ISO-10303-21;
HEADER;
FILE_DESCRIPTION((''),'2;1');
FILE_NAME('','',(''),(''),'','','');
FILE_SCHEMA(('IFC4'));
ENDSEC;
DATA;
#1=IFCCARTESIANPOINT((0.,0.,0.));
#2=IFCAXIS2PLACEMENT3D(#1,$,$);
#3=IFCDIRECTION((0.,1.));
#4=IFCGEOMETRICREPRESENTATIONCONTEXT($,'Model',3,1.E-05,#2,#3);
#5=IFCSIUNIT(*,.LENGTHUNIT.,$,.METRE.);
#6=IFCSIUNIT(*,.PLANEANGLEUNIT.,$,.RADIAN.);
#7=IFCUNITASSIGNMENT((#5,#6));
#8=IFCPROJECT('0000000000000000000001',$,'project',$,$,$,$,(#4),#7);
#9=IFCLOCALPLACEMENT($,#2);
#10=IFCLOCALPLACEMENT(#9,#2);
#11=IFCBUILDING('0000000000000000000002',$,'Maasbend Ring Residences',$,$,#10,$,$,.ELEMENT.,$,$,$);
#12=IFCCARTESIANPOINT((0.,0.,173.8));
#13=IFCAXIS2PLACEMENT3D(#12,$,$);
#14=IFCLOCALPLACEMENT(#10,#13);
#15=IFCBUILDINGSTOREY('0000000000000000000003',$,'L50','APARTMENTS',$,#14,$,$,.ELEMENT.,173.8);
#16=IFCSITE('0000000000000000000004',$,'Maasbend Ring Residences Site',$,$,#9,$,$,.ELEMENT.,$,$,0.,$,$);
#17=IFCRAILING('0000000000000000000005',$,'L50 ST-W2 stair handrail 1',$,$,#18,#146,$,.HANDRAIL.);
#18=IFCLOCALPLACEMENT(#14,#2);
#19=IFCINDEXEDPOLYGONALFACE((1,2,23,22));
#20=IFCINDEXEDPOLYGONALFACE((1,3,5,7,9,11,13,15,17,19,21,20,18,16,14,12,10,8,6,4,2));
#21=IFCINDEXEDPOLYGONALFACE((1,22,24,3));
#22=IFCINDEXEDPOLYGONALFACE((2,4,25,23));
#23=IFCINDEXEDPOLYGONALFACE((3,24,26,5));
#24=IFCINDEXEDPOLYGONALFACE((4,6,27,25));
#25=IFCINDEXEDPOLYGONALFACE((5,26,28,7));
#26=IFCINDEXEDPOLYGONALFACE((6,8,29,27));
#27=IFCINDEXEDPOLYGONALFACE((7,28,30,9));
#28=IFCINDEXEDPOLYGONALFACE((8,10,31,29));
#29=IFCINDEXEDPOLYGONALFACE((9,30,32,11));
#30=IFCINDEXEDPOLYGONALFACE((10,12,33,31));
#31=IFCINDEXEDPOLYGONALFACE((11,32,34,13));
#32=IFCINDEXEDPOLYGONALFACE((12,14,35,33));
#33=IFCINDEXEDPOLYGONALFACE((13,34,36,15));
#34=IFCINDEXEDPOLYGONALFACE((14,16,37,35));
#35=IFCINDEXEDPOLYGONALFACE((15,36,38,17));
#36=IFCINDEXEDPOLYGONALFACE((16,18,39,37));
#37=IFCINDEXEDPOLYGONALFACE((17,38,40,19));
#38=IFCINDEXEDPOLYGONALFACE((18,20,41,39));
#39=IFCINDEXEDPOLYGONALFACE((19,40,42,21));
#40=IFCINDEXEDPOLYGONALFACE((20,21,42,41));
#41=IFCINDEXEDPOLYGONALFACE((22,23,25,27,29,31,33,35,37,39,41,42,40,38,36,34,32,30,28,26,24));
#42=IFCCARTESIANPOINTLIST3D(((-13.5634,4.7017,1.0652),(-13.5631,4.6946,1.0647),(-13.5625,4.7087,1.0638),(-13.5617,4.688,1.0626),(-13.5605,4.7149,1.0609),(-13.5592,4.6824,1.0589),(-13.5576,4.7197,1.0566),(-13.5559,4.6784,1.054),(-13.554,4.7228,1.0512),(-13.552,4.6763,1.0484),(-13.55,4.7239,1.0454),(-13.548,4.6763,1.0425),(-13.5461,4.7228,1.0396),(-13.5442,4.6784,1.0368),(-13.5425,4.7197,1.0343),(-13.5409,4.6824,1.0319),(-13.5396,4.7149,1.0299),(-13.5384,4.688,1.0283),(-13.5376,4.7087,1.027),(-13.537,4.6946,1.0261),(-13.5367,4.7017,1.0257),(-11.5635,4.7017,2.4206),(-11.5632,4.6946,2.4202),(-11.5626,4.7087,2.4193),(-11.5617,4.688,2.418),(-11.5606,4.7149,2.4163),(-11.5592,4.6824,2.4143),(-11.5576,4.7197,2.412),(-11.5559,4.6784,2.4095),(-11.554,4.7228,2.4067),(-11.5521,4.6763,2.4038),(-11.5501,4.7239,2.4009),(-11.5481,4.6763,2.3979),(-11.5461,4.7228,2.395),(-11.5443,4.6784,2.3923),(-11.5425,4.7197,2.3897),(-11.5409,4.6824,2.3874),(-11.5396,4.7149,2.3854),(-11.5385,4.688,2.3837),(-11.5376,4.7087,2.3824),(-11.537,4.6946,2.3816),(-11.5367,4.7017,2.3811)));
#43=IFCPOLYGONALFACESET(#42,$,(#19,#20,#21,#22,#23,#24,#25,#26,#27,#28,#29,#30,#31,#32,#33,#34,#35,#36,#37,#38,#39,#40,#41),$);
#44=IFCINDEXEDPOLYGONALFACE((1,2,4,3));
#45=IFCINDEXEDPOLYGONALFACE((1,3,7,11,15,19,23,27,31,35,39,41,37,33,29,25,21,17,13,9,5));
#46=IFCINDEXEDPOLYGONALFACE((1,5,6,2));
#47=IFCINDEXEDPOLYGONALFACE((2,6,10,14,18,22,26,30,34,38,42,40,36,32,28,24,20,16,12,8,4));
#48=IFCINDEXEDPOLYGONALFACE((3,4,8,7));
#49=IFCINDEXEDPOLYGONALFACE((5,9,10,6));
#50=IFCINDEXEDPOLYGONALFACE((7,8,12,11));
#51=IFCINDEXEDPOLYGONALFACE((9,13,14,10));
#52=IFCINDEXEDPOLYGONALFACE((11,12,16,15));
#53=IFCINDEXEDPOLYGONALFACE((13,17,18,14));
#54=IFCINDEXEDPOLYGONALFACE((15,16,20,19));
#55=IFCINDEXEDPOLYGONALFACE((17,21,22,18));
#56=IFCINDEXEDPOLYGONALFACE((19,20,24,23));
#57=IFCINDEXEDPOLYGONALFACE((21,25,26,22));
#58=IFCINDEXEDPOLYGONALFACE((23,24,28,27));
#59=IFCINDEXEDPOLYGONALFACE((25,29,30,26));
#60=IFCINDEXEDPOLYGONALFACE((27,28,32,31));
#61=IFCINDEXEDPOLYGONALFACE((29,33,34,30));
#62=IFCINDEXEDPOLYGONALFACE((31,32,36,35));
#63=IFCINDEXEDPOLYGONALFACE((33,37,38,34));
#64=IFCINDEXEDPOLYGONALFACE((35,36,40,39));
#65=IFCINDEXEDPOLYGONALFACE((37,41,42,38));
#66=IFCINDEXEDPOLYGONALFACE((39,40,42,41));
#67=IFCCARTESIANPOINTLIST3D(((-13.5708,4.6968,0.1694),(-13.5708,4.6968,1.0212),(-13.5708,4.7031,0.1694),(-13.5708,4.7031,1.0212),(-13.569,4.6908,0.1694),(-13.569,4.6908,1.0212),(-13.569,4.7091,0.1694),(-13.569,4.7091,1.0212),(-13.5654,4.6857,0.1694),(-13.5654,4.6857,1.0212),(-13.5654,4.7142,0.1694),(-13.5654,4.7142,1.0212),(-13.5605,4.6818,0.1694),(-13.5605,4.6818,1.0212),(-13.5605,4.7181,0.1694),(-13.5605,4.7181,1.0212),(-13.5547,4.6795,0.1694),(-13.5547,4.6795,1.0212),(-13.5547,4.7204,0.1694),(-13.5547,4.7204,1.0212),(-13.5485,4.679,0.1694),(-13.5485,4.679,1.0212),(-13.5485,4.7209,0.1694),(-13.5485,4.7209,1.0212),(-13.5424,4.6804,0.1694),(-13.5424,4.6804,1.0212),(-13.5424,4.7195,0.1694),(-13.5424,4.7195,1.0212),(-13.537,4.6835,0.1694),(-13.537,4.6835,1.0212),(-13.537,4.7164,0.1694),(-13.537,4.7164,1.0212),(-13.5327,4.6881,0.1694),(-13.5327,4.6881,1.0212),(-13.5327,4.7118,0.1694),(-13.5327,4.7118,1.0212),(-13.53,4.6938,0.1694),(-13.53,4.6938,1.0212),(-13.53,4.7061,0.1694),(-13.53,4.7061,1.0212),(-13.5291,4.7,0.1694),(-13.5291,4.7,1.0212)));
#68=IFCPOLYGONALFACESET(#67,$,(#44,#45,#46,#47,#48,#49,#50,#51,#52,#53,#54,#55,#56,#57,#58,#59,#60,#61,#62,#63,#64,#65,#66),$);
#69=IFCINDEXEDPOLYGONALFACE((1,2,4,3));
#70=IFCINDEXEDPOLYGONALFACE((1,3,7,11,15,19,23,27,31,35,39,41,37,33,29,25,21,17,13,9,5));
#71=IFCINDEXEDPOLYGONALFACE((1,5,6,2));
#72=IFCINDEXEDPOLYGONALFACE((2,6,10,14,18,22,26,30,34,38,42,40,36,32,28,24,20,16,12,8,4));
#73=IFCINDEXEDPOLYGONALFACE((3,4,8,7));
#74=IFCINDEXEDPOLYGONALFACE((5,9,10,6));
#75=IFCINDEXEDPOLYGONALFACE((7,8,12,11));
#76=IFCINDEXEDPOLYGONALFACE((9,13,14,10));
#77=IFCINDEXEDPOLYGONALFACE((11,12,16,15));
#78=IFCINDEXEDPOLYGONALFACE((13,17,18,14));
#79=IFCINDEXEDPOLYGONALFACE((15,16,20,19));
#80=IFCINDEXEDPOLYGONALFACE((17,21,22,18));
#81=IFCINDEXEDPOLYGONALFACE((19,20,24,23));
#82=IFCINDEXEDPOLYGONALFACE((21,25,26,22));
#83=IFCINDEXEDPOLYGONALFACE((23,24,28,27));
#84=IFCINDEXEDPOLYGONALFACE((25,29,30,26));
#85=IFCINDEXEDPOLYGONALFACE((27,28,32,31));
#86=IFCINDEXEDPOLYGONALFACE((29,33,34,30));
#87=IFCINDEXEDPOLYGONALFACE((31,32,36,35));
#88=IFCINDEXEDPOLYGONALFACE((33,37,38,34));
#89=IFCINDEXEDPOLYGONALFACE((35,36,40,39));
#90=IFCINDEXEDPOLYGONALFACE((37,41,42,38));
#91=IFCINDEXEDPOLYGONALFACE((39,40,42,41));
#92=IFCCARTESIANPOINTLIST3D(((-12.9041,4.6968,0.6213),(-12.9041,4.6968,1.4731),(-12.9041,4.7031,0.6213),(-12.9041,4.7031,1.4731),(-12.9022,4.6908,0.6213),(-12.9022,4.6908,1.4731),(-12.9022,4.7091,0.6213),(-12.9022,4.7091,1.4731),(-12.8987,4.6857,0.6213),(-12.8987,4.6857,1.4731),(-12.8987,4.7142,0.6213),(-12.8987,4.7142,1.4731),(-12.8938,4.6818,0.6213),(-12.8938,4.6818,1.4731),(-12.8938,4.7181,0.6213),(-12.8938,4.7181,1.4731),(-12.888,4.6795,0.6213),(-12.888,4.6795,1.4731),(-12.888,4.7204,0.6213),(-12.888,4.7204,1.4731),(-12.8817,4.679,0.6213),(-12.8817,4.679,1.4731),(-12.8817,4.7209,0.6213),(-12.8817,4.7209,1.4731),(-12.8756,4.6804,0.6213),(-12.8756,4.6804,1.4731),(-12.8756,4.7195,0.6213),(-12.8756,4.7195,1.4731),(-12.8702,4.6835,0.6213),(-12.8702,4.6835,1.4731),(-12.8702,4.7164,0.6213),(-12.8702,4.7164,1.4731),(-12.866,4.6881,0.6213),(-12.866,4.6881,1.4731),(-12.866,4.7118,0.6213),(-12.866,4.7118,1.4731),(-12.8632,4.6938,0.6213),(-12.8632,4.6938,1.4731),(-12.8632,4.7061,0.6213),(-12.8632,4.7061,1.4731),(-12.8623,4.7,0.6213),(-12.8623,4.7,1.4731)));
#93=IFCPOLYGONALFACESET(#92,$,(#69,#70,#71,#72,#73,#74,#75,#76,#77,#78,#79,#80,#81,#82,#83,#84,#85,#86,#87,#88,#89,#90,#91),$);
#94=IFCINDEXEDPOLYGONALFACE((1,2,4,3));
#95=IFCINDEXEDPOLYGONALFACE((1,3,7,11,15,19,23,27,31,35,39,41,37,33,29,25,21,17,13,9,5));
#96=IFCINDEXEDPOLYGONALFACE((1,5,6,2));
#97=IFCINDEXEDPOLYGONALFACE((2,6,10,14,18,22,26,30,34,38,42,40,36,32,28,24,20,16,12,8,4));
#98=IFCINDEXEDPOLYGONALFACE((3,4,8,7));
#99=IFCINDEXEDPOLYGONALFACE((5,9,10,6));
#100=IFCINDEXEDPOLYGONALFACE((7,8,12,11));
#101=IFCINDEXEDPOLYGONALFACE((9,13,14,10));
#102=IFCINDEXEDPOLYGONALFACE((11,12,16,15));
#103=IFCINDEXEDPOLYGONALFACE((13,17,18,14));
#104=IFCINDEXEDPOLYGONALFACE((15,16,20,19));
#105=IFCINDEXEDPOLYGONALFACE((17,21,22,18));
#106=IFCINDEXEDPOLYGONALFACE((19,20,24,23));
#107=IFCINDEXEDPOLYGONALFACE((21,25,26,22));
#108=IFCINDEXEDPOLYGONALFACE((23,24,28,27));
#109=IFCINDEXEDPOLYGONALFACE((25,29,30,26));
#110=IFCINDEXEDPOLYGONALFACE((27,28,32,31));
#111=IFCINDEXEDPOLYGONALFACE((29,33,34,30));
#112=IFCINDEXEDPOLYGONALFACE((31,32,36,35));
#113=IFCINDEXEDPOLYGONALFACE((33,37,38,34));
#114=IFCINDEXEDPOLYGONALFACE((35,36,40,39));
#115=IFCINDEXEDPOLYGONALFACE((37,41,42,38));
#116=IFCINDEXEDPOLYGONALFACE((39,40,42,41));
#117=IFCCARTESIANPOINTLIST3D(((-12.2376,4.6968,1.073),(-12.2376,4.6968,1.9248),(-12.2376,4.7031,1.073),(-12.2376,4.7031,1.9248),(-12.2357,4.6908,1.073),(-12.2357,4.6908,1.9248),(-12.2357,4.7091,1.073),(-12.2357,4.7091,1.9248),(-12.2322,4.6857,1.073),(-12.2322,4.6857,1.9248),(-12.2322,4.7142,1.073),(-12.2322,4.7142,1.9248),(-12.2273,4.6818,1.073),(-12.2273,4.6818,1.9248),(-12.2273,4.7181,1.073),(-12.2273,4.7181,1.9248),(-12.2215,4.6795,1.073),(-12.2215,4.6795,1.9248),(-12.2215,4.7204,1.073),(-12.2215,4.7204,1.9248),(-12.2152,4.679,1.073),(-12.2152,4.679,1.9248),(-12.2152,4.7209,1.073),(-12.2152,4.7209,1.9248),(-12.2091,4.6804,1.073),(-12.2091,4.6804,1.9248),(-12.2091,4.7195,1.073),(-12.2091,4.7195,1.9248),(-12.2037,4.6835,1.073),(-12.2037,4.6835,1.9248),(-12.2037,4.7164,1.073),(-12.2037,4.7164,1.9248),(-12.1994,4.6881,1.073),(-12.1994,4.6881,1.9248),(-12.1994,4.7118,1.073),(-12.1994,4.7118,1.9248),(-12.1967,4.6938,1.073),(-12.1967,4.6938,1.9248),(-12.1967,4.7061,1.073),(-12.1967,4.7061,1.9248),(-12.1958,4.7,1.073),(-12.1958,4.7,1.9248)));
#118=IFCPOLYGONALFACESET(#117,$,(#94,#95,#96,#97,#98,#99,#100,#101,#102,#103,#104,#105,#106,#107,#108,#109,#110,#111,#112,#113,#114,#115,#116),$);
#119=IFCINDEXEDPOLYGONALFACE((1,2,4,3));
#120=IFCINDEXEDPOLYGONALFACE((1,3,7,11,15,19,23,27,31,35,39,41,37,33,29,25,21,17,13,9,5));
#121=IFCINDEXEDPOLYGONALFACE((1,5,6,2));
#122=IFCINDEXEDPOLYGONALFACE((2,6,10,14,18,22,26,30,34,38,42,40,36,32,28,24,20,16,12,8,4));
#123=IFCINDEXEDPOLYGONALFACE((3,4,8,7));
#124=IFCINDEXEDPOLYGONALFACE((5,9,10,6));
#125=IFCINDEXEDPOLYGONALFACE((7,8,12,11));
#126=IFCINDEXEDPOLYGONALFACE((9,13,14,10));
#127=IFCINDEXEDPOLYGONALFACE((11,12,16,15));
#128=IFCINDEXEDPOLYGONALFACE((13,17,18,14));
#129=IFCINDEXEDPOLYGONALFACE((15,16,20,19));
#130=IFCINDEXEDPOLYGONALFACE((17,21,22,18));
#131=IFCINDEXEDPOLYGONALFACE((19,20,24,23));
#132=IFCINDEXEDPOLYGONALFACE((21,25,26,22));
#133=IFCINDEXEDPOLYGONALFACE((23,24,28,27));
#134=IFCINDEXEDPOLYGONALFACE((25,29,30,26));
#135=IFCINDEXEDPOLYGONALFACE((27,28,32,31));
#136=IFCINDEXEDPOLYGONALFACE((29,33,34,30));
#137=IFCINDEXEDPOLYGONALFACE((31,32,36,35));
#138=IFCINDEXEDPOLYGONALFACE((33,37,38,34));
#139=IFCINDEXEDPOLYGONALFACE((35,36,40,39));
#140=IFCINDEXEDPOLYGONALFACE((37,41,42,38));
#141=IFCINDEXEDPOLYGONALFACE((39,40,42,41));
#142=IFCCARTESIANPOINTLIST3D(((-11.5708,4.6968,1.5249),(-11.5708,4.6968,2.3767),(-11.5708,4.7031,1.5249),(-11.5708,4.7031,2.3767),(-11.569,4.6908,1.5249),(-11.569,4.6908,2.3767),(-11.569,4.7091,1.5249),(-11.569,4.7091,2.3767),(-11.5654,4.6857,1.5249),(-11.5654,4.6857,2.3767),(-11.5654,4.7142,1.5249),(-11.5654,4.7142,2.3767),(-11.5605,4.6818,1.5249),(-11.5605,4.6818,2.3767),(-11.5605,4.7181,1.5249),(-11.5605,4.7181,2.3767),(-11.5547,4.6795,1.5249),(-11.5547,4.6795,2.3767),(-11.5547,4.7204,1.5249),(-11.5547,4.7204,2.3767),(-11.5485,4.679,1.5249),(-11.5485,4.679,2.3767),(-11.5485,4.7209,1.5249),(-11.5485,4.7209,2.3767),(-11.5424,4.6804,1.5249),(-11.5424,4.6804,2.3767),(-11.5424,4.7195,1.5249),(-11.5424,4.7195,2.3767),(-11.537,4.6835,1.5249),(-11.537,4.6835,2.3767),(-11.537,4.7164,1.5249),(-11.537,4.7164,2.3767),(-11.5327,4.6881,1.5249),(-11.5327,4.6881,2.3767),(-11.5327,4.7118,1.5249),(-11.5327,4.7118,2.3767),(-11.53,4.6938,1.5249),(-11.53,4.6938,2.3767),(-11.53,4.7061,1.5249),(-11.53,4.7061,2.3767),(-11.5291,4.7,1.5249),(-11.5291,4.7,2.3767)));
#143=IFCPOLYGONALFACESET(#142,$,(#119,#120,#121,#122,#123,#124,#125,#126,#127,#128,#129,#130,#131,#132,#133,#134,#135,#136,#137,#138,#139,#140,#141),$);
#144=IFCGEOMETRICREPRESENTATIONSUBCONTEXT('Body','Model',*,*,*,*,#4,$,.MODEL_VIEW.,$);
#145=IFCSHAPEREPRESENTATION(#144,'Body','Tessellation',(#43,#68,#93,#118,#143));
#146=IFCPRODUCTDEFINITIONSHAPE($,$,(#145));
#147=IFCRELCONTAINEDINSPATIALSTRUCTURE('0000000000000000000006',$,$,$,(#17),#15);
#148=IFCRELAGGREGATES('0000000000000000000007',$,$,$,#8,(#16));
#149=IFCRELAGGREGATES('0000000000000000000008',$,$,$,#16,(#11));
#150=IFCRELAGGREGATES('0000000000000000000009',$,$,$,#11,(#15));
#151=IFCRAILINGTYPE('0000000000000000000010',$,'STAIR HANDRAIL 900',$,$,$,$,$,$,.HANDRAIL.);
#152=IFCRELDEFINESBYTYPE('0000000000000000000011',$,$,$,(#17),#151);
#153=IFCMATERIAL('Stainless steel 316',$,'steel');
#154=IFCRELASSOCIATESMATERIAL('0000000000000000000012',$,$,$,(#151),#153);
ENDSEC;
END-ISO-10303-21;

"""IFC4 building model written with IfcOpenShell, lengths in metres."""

from ifc_helpers import new_model, si_unit, direction, frame, origin, origin_2d, place, context, subcontext, project, spatial, circle, extrude, material, type_object, element, save


model = new_model("IFC4")

# Units and contexts
model_context = context("Model", 3, precision=1e-05, world=origin(), true_north=direction((0.0, 1.0)))
body_context = subcontext(model_context, "Body", "Model", "MODEL_VIEW")
ifc_project = project(units=[si_unit("LENGTHUNIT", "METRE"), si_unit("PLANEANGLEUNIT", "RADIAN")], contexts=[model_context])

# Site, building, storey
site_placement = place(None, origin())
site = spatial("IfcSite", under=ifc_project, at=site_placement, Name="Maasbend Ring Residences Site", CompositionType="ELEMENT", RefElevation=0.0)
building_placement = place(site_placement, origin())
building = spatial("IfcBuilding", under=site, at=building_placement, Name="Maasbend Ring Residences", CompositionType="ELEMENT")
storey_placement = place(building_placement, frame((0.0, 0.0, 173.8)))
storey = spatial("IfcBuildingStorey", under=building, at=storey_placement, Name="L50", Description="APARTMENTS", CompositionType="ELEMENT", Elevation=173.8)

# Railing
ifc_material_1 = material(Name="Stainless steel 316", Category="steel")
railing_type_1 = type_object("IfcRailingType", Name="STAIR HANDRAIL 900", PredefinedType="HANDRAIL", material=ifc_material_1)
railing_1_placement = place(storey_placement, frame((-13.55, 4.7, 0.1694)))
element("IfcRailing", 1, at=railing_1_placement, inside=storey, type_object=railing_type_1, Name="L50 ST-W2 stair handrail 1", PredefinedType="HANDRAIL", context=body_context, shape_type="SweptSolid", body=[
    extrude(circle(Radius=0.0239, at=origin_2d()), frame((0.0, 0.0, 0.876), z_axis=(0.827798, 0.0, 0.561027), x_axis=(0.0, 1.0, 0.0)), (0.0, 0.0, 1.0), 2.416),
    extrude(circle(Radius=0.021, at=origin_2d()), origin(), (0.0, 0.0, 1.0), 0.8518),
    extrude(circle(Radius=0.021, at=origin_2d()), frame((0.6667, 0.0, 0.4519)), (0.0, 0.0, 1.0), 0.8518),
    extrude(circle(Radius=0.021, at=origin_2d()), frame((1.3333, 0.0, 0.9036)), (0.0, 0.0, 1.0), 0.8518),
    extrude(circle(Radius=0.021, at=origin_2d()), frame((2.0, 0.0, 1.3555)), (0.0, 0.0, 1.0), 0.8518),
])

save(model, "model.ifc")
